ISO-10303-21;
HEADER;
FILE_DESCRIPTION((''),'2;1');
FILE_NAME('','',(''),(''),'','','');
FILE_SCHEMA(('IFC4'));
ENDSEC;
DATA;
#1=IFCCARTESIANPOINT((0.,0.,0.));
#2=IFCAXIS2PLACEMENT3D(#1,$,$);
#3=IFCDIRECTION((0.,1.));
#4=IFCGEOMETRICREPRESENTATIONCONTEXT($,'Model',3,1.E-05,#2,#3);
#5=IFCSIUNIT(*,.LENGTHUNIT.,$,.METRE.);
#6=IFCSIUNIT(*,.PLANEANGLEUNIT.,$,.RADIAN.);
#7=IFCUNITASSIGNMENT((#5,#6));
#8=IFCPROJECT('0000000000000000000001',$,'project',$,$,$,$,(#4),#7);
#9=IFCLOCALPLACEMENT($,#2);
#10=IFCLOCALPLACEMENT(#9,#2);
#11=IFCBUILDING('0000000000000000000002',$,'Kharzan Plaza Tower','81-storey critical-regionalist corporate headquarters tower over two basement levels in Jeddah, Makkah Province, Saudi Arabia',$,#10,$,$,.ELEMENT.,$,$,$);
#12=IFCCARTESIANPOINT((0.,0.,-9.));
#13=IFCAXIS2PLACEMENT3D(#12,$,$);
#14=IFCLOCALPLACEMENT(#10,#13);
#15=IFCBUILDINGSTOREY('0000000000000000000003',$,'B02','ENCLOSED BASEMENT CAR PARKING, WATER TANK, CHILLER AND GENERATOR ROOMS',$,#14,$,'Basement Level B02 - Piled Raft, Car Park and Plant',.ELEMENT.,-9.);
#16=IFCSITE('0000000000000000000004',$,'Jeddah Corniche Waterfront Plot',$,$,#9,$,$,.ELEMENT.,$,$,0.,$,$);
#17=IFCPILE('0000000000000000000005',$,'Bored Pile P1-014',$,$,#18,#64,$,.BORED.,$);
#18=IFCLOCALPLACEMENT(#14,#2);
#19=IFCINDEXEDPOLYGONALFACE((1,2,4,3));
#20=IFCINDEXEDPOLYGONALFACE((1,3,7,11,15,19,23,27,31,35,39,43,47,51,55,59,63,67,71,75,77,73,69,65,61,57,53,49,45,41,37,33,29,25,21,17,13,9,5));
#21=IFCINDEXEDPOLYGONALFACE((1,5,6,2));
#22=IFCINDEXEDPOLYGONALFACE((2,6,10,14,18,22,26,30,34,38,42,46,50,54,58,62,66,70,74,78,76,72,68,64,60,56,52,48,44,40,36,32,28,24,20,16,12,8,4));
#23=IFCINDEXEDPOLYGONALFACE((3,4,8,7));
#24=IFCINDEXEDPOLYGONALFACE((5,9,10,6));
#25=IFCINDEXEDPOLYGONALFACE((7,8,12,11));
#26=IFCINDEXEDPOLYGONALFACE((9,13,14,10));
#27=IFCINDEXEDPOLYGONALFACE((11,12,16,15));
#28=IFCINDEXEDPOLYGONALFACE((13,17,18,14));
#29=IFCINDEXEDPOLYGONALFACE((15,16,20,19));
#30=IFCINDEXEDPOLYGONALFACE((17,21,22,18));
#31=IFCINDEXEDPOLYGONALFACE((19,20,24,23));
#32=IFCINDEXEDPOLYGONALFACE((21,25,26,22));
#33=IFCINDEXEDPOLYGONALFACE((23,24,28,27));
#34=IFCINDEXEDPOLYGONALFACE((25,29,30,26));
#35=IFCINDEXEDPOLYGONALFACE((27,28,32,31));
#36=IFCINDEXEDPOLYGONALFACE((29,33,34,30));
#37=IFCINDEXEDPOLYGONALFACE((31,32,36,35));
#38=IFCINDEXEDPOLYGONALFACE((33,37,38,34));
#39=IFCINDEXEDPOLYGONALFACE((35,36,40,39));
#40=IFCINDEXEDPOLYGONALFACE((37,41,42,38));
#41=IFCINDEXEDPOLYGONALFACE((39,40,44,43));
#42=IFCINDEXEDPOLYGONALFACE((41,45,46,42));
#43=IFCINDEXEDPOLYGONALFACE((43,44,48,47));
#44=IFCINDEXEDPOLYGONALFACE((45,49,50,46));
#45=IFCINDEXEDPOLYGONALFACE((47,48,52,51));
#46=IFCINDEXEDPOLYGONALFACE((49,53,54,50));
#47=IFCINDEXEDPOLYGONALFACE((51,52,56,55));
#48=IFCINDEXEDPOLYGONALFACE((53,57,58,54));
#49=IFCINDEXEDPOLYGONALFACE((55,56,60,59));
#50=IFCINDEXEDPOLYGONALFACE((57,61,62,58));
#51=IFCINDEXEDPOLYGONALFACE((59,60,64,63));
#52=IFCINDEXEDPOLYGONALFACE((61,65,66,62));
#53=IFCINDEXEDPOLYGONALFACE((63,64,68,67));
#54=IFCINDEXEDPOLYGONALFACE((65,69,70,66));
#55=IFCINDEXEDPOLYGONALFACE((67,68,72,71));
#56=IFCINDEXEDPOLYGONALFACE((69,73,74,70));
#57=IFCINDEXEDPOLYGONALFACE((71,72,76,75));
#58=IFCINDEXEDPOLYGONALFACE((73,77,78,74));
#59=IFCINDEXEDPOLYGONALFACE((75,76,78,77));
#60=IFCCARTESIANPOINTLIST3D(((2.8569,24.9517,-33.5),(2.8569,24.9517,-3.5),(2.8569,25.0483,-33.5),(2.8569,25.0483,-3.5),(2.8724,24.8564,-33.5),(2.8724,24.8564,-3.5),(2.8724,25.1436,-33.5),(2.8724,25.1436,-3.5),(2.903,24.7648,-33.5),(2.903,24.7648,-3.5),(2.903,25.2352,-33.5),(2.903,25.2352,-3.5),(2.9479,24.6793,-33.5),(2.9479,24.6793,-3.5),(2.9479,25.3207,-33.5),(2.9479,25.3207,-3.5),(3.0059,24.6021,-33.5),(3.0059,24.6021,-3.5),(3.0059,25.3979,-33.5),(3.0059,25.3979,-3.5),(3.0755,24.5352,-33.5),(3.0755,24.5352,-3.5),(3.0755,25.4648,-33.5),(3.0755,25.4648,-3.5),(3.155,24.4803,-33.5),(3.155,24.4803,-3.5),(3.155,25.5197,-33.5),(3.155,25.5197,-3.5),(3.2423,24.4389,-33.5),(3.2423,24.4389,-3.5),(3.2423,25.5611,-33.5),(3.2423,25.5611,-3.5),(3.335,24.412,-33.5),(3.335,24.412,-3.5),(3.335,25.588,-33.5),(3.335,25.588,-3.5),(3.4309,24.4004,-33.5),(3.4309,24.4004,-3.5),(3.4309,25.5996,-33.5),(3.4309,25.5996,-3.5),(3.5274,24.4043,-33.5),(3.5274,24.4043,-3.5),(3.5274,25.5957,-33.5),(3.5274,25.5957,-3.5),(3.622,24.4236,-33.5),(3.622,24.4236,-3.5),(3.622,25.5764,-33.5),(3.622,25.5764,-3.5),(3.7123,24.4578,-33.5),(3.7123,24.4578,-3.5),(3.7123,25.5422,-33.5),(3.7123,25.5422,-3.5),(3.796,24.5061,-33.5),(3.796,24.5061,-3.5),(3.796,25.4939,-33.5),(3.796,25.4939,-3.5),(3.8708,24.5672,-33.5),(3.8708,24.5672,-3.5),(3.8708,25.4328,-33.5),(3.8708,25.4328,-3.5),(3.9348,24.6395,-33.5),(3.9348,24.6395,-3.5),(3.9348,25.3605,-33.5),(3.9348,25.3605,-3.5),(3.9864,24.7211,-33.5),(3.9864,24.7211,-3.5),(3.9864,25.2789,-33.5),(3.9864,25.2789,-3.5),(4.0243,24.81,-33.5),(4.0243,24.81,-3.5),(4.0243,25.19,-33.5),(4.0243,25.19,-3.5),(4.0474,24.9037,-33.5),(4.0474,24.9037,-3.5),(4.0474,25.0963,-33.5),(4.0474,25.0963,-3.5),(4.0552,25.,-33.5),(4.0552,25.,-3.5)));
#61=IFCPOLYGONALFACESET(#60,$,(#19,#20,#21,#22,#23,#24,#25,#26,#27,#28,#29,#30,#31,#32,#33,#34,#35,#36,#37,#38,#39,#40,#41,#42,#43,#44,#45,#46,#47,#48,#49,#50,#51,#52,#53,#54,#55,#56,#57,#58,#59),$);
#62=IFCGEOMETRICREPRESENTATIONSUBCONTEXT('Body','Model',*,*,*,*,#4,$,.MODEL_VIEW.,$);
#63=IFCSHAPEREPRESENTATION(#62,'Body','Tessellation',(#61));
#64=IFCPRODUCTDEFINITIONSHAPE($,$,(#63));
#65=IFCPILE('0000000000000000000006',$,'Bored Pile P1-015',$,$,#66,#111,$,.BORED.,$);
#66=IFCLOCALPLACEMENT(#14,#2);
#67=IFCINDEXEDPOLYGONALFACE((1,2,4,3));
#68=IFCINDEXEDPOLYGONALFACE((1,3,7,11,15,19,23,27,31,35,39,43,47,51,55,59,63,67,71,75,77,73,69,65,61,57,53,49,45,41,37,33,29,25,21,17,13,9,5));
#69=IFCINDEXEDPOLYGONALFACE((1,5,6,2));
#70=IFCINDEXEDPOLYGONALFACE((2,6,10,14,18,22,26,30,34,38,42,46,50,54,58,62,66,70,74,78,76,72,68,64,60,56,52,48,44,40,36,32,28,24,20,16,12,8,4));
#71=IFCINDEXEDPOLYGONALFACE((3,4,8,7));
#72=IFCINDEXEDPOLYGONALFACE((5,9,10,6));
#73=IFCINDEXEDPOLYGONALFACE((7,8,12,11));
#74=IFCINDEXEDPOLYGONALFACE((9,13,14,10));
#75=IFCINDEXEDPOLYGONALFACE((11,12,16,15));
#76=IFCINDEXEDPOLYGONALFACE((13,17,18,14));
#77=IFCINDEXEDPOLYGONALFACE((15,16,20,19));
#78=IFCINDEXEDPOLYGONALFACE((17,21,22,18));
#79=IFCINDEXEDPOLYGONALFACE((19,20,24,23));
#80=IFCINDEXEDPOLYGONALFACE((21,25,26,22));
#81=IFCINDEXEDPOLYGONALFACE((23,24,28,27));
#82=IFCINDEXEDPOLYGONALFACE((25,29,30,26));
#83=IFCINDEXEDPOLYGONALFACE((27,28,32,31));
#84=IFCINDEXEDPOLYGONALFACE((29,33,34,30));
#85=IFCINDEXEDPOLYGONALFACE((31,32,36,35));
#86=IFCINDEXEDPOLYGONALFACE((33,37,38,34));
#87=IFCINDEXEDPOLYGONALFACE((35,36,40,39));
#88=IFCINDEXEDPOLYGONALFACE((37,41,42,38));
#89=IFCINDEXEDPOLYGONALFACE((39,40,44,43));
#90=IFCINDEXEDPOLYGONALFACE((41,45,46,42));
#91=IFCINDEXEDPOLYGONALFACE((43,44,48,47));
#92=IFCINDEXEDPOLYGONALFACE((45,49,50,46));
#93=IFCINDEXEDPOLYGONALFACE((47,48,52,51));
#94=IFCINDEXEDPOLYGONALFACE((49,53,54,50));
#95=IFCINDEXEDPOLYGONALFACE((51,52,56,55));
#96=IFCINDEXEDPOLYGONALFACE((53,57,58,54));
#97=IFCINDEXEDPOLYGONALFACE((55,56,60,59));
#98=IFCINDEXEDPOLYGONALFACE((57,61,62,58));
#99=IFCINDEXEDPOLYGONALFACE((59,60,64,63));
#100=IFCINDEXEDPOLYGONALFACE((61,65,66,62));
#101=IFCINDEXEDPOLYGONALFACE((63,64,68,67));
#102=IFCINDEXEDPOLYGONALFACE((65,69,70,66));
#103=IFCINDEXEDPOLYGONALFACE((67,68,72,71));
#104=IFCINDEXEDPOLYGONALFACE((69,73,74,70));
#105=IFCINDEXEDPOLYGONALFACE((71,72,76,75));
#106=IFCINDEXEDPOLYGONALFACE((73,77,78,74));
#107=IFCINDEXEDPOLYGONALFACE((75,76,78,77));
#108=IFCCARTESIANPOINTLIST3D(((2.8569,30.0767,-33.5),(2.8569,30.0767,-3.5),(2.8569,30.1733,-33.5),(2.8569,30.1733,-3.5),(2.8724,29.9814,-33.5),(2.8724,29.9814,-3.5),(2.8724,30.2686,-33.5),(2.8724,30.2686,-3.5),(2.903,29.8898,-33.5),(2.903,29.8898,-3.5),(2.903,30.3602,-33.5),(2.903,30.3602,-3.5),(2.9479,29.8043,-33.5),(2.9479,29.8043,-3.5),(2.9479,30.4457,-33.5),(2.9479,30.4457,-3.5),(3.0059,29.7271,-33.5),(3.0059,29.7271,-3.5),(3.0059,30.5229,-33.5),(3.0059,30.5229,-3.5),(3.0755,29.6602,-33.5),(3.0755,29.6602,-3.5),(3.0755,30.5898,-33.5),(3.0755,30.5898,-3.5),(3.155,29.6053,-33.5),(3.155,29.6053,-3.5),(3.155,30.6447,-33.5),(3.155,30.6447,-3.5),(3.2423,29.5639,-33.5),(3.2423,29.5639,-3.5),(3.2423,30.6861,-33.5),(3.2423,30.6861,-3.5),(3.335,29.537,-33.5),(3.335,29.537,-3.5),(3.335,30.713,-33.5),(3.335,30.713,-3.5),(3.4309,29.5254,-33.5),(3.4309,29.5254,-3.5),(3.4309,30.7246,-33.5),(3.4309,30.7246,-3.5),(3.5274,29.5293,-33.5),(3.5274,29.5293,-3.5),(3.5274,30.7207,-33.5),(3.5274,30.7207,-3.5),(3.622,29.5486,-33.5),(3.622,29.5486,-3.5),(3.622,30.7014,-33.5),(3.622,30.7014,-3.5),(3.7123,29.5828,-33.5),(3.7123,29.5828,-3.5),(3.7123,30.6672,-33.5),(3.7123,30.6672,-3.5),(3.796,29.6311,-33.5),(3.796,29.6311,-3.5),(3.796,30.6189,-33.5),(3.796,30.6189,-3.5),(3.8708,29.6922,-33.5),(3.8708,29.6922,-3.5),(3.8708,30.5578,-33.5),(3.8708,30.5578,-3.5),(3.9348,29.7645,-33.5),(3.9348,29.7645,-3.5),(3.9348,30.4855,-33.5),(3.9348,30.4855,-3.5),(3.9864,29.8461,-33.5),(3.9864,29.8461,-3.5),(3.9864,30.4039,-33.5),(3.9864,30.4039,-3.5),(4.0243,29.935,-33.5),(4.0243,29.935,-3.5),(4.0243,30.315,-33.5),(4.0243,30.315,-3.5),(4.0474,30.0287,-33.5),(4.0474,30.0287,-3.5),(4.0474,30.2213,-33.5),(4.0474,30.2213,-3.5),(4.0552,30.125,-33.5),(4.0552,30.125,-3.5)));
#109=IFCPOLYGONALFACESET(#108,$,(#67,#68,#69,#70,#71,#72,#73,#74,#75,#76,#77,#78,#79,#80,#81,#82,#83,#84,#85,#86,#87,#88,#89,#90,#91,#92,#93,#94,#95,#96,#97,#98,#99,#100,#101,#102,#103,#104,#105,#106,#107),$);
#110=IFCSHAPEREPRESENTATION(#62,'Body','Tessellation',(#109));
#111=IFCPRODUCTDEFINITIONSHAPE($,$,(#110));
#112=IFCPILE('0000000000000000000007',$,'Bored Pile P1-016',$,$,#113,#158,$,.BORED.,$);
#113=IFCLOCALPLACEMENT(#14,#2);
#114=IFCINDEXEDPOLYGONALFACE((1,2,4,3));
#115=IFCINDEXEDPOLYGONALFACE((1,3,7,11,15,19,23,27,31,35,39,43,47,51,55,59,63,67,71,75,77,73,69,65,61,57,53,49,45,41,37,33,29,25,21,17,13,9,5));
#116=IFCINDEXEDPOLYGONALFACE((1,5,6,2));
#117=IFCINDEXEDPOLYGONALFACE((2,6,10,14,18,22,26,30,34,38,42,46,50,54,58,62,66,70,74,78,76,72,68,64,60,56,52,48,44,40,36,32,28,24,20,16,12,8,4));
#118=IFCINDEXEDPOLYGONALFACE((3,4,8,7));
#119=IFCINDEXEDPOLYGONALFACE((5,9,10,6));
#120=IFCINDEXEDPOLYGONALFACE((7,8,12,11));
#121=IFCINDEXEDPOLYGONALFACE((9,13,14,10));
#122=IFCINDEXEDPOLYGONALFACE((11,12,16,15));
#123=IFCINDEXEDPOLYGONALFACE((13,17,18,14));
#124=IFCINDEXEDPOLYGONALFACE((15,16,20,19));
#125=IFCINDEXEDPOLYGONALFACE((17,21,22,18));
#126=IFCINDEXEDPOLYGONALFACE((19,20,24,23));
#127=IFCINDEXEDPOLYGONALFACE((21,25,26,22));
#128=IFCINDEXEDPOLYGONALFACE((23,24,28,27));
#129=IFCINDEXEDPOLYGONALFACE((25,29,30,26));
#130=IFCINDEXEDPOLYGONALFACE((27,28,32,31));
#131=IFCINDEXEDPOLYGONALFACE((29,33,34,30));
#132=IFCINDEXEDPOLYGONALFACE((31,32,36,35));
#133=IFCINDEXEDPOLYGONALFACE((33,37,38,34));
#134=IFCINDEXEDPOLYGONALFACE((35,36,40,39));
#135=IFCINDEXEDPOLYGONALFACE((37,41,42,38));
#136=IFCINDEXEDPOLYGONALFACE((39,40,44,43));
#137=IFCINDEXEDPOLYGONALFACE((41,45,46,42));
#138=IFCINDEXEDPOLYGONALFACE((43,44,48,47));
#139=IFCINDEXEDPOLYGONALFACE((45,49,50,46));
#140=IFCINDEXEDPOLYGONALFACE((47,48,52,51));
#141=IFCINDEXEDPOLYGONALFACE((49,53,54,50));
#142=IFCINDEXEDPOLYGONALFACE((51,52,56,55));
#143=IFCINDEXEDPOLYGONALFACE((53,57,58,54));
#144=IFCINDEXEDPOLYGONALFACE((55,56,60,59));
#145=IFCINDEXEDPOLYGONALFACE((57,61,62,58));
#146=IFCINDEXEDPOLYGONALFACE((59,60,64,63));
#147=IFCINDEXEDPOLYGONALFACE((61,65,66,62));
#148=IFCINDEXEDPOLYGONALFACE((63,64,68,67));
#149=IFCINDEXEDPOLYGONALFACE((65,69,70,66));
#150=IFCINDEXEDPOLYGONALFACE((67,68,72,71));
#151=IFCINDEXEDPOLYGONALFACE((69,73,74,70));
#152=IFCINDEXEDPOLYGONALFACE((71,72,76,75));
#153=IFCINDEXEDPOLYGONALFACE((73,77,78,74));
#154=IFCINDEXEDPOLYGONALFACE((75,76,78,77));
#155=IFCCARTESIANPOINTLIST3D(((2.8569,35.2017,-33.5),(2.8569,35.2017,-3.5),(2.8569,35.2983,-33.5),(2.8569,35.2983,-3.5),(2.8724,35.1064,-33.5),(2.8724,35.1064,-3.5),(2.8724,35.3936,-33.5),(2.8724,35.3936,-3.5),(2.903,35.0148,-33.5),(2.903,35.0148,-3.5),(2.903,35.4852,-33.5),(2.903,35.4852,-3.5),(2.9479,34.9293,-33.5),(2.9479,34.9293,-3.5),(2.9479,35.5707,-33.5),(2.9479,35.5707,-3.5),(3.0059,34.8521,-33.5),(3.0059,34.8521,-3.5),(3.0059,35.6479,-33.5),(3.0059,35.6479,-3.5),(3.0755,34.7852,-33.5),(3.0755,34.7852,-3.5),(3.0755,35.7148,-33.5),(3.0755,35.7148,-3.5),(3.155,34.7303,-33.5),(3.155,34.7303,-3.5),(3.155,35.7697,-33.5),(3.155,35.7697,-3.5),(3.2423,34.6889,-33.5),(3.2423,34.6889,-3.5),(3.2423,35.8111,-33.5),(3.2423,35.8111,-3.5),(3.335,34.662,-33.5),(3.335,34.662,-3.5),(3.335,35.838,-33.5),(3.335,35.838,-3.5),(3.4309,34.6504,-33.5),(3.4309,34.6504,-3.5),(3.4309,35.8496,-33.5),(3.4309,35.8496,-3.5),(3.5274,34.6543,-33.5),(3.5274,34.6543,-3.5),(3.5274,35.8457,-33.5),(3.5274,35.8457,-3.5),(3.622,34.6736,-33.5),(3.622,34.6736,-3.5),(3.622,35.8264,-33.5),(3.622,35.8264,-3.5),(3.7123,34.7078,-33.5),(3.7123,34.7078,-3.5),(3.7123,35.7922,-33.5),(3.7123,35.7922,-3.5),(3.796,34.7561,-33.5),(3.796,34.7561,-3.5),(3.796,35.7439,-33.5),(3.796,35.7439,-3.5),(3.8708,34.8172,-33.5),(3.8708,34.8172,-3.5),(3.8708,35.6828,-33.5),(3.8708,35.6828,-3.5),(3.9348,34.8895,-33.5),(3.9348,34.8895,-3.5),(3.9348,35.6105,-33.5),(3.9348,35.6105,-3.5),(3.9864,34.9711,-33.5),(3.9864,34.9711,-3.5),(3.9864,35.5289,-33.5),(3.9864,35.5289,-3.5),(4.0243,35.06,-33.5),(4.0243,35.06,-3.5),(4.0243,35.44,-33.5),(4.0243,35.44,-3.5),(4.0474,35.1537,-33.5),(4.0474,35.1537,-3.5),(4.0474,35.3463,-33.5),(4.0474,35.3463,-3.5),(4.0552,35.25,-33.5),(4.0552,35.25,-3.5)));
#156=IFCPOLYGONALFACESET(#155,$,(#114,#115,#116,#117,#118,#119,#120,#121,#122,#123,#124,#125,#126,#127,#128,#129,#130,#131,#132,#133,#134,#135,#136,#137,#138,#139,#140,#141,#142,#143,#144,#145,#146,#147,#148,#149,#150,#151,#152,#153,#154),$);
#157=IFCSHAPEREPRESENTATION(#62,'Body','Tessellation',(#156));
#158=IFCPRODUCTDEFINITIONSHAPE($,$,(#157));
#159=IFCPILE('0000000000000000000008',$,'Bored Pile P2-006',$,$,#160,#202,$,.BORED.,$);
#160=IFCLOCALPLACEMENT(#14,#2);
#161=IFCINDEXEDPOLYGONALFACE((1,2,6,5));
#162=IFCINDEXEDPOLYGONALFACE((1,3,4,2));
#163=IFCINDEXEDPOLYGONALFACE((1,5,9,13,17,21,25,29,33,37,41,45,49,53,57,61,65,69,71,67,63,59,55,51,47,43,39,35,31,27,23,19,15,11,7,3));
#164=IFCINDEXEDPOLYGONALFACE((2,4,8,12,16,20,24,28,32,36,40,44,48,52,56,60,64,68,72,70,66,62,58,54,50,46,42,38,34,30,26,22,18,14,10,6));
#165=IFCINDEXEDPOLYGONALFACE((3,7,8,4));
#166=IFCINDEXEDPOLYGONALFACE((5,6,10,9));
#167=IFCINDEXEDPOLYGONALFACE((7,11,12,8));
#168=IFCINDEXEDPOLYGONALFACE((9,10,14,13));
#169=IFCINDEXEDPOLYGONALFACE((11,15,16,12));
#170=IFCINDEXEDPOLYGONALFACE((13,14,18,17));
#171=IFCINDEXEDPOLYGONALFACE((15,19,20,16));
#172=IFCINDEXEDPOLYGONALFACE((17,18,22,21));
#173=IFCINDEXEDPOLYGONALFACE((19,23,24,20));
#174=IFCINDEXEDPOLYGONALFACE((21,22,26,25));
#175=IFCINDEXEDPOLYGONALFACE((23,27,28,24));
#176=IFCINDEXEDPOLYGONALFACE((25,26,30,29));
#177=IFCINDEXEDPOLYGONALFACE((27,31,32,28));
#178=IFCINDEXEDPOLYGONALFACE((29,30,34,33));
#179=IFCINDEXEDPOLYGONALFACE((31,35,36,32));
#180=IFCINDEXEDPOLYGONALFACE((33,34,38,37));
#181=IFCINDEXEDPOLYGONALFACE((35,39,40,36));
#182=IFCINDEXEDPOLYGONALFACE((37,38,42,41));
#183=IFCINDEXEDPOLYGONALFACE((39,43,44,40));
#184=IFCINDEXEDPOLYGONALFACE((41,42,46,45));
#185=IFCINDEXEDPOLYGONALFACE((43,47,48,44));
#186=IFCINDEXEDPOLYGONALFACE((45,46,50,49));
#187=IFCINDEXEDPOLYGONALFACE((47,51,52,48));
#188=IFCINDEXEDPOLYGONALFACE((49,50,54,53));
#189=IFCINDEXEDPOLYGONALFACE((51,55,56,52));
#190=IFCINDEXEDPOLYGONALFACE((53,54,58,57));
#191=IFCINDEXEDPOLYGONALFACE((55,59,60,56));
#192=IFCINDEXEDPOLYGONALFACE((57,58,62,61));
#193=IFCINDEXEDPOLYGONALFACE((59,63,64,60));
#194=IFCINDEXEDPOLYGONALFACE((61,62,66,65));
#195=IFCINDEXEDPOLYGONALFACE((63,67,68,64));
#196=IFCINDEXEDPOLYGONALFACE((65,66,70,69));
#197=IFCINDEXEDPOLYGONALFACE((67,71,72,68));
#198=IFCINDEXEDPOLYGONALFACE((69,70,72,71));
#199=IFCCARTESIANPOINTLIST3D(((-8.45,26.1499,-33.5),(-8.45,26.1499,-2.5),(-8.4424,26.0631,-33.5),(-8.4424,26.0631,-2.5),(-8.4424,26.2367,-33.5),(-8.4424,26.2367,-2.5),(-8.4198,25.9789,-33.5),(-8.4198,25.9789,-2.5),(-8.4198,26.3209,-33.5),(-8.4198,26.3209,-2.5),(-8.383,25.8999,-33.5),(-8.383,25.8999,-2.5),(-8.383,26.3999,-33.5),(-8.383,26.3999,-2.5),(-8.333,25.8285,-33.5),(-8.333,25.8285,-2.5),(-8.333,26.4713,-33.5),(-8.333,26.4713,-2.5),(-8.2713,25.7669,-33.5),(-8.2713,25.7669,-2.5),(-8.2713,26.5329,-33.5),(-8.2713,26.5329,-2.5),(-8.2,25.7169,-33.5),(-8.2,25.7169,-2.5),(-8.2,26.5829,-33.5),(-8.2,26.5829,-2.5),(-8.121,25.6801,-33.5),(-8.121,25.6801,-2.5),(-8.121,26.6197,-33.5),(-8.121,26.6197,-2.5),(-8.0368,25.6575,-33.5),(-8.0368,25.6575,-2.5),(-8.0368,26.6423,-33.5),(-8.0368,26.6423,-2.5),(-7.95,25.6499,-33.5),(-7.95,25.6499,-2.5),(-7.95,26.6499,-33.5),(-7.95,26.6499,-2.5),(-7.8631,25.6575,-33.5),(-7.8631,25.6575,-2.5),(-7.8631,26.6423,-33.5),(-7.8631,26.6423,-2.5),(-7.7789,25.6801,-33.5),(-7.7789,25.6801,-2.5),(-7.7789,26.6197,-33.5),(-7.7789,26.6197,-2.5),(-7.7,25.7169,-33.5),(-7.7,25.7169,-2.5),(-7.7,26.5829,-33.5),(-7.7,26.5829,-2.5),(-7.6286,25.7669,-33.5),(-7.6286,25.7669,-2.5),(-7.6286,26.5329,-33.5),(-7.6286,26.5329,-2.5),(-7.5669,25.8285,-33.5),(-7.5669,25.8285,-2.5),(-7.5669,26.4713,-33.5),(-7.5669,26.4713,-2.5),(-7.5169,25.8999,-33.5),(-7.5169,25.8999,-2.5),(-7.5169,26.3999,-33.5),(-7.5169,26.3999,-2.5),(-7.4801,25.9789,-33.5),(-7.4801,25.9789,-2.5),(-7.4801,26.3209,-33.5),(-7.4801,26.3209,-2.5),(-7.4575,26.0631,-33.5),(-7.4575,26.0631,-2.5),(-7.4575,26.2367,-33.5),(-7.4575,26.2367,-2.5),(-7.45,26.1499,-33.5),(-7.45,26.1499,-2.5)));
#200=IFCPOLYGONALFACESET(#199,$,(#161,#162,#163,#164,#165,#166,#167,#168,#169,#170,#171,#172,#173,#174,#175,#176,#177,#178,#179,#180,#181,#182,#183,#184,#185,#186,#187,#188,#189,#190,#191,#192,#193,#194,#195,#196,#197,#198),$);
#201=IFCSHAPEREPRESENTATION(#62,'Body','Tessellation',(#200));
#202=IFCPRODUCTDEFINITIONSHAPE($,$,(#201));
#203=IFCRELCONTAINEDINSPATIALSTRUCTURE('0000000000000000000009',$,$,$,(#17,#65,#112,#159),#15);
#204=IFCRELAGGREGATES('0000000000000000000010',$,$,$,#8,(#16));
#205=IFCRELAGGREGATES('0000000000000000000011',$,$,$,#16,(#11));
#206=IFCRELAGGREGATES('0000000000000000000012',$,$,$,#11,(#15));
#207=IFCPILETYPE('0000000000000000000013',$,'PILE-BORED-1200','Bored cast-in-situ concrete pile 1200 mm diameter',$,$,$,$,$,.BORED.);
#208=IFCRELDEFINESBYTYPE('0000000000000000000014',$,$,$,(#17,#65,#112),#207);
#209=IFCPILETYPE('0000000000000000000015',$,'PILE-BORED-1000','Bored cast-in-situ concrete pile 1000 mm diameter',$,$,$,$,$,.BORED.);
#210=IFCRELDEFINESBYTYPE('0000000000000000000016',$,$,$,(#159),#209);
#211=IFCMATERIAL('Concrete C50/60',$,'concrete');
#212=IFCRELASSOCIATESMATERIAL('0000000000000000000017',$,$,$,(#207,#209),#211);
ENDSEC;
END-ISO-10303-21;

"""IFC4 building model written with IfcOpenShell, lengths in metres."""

from ifc_helpers import new_model, si_unit, direction, frame, origin, origin_2d, place, context, subcontext, project, spatial, circle, extrude, source, transform, mapped, material, material_profile, profile_set, type_object, element, save


model = new_model("IFC4")

# Units and contexts
model_context = context("Model", 3, precision=1e-05, world=origin(), true_north=direction((0.0, 1.0)))
body_context = subcontext(model_context, "Body", "Model", "MODEL_VIEW")
ifc_project = project(units=[si_unit("LENGTHUNIT", "METRE"), si_unit("PLANEANGLEUNIT", "RADIAN")], contexts=[model_context])

# Site, building, storey
site_placement = place(None, origin())
site = spatial("IfcSite", under=ifc_project, at=site_placement, Name="Jeddah Corniche Waterfront Plot", CompositionType="ELEMENT", RefElevation=0.0)
building_placement = place(site_placement, origin())
building = spatial("IfcBuilding", under=site, at=building_placement, Name="Kharzan Plaza Tower", Description="81-storey critical-regionalist corporate headquarters tower over two basement levels in Jeddah, Makkah Province, Saudi Arabia", CompositionType="ELEMENT")
storey_placement = place(building_placement, frame((0.0, 0.0, -9.0)))
storey = spatial("IfcBuildingStorey", under=building, at=storey_placement, Name="B02", Description="ENCLOSED BASEMENT CAR PARKING, WATER TANK, CHILLER AND GENERATOR ROOMS", LongName="Basement Level B02 - Piled Raft, Car Park and Plant", CompositionType="ELEMENT", Elevation=-9.0)

# Shared definitions
ifc_material_1 = material(Name="Concrete C50/60", Category="concrete")

# Piles
ifc_material_profile_1 = material_profile(ifc_material_1, circle(Radius=0.6001, at=origin_2d()), Name="PILE-D1200")
ifc_profile_set_1 = profile_set([ifc_material_profile_1], Name="Concrete C50/60")
pile_type_1 = type_object("IfcPileType", Name="PILE-BORED-1200", Description="Bored cast-in-situ concrete pile 1200 mm diameter", PredefinedType="BORED", material=ifc_profile_set_1)
shared_shape_1 = source(origin(), body_context, "Body", "SweptSolid", [
    extrude(circle(Radius=0.6001, at=origin_2d()), origin(), (0.0, 0.0, 1.0), 30.0),
])
for number, where, z_axis, x_axis, name in (
    (1, (3.4551, 25.0, -3.5), (0.0, 0.0, -1.0), (1.0, 0.0, 0.0), "Bored Pile P1-014"),
    (2, (3.4551, 30.125, -3.5), (0.0, 0.0, -1.0), (1.0, 0.0, 0.0), "Bored Pile P1-015"),
    (3, (3.4551, 35.25, -3.5), (0.0, 0.0, -1.0), (1.0, 0.0, 0.0), "Bored Pile P1-016"),
):
    element("IfcPile", number, at=place(storey_placement, frame(where, z_axis=z_axis, x_axis=x_axis)), inside=storey, type_object=pile_type_1, Name=name, PredefinedType="BORED", context=body_context, shape_type="MappedRepresentation", body=[
        mapped(shared_shape_1, transform((0.0, 0.0, 0.0), x_axis=(1.0, 0.0, 0.0), y_axis=(0.0, 1.0, 0.0), z_axis=(0.0, 0.0, 1.0))),
    ])
ifc_material_profile_2 = material_profile(ifc_material_1, circle(Radius=0.5, at=origin_2d()), Name="PILE-D1000")
ifc_profile_set_2 = profile_set([ifc_material_profile_2], Name="Concrete C50/60")
pile_type_2 = type_object("IfcPileType", Name="PILE-BORED-1000", Description="Bored cast-in-situ concrete pile 1000 mm diameter", PredefinedType="BORED", material=ifc_profile_set_2)
shared_shape_2 = source(origin(), body_context, "Body", "SweptSolid", [
    extrude(circle(Radius=0.5, at=origin_2d()), origin(), (0.0, 0.0, 1.0), 31.0),
])
for number, where, z_axis, x_axis, name in (
    (4, (-7.95, 26.1499, -2.5), (0.0, 0.0, -1.0), (1.0, 0.0, 0.0), "Bored Pile P2-006"),
):
    element("IfcPile", number, at=place(storey_placement, frame(where, z_axis=z_axis, x_axis=x_axis)), inside=storey, type_object=pile_type_2, Name=name, PredefinedType="BORED", context=body_context, shape_type="MappedRepresentation", body=[
        mapped(shared_shape_2, transform((0.0, 0.0, 0.0), x_axis=(1.0, 0.0, 0.0), y_axis=(0.0, 1.0, 0.0), z_axis=(0.0, 0.0, 1.0))),
    ])

save(model, "model.ifc")
